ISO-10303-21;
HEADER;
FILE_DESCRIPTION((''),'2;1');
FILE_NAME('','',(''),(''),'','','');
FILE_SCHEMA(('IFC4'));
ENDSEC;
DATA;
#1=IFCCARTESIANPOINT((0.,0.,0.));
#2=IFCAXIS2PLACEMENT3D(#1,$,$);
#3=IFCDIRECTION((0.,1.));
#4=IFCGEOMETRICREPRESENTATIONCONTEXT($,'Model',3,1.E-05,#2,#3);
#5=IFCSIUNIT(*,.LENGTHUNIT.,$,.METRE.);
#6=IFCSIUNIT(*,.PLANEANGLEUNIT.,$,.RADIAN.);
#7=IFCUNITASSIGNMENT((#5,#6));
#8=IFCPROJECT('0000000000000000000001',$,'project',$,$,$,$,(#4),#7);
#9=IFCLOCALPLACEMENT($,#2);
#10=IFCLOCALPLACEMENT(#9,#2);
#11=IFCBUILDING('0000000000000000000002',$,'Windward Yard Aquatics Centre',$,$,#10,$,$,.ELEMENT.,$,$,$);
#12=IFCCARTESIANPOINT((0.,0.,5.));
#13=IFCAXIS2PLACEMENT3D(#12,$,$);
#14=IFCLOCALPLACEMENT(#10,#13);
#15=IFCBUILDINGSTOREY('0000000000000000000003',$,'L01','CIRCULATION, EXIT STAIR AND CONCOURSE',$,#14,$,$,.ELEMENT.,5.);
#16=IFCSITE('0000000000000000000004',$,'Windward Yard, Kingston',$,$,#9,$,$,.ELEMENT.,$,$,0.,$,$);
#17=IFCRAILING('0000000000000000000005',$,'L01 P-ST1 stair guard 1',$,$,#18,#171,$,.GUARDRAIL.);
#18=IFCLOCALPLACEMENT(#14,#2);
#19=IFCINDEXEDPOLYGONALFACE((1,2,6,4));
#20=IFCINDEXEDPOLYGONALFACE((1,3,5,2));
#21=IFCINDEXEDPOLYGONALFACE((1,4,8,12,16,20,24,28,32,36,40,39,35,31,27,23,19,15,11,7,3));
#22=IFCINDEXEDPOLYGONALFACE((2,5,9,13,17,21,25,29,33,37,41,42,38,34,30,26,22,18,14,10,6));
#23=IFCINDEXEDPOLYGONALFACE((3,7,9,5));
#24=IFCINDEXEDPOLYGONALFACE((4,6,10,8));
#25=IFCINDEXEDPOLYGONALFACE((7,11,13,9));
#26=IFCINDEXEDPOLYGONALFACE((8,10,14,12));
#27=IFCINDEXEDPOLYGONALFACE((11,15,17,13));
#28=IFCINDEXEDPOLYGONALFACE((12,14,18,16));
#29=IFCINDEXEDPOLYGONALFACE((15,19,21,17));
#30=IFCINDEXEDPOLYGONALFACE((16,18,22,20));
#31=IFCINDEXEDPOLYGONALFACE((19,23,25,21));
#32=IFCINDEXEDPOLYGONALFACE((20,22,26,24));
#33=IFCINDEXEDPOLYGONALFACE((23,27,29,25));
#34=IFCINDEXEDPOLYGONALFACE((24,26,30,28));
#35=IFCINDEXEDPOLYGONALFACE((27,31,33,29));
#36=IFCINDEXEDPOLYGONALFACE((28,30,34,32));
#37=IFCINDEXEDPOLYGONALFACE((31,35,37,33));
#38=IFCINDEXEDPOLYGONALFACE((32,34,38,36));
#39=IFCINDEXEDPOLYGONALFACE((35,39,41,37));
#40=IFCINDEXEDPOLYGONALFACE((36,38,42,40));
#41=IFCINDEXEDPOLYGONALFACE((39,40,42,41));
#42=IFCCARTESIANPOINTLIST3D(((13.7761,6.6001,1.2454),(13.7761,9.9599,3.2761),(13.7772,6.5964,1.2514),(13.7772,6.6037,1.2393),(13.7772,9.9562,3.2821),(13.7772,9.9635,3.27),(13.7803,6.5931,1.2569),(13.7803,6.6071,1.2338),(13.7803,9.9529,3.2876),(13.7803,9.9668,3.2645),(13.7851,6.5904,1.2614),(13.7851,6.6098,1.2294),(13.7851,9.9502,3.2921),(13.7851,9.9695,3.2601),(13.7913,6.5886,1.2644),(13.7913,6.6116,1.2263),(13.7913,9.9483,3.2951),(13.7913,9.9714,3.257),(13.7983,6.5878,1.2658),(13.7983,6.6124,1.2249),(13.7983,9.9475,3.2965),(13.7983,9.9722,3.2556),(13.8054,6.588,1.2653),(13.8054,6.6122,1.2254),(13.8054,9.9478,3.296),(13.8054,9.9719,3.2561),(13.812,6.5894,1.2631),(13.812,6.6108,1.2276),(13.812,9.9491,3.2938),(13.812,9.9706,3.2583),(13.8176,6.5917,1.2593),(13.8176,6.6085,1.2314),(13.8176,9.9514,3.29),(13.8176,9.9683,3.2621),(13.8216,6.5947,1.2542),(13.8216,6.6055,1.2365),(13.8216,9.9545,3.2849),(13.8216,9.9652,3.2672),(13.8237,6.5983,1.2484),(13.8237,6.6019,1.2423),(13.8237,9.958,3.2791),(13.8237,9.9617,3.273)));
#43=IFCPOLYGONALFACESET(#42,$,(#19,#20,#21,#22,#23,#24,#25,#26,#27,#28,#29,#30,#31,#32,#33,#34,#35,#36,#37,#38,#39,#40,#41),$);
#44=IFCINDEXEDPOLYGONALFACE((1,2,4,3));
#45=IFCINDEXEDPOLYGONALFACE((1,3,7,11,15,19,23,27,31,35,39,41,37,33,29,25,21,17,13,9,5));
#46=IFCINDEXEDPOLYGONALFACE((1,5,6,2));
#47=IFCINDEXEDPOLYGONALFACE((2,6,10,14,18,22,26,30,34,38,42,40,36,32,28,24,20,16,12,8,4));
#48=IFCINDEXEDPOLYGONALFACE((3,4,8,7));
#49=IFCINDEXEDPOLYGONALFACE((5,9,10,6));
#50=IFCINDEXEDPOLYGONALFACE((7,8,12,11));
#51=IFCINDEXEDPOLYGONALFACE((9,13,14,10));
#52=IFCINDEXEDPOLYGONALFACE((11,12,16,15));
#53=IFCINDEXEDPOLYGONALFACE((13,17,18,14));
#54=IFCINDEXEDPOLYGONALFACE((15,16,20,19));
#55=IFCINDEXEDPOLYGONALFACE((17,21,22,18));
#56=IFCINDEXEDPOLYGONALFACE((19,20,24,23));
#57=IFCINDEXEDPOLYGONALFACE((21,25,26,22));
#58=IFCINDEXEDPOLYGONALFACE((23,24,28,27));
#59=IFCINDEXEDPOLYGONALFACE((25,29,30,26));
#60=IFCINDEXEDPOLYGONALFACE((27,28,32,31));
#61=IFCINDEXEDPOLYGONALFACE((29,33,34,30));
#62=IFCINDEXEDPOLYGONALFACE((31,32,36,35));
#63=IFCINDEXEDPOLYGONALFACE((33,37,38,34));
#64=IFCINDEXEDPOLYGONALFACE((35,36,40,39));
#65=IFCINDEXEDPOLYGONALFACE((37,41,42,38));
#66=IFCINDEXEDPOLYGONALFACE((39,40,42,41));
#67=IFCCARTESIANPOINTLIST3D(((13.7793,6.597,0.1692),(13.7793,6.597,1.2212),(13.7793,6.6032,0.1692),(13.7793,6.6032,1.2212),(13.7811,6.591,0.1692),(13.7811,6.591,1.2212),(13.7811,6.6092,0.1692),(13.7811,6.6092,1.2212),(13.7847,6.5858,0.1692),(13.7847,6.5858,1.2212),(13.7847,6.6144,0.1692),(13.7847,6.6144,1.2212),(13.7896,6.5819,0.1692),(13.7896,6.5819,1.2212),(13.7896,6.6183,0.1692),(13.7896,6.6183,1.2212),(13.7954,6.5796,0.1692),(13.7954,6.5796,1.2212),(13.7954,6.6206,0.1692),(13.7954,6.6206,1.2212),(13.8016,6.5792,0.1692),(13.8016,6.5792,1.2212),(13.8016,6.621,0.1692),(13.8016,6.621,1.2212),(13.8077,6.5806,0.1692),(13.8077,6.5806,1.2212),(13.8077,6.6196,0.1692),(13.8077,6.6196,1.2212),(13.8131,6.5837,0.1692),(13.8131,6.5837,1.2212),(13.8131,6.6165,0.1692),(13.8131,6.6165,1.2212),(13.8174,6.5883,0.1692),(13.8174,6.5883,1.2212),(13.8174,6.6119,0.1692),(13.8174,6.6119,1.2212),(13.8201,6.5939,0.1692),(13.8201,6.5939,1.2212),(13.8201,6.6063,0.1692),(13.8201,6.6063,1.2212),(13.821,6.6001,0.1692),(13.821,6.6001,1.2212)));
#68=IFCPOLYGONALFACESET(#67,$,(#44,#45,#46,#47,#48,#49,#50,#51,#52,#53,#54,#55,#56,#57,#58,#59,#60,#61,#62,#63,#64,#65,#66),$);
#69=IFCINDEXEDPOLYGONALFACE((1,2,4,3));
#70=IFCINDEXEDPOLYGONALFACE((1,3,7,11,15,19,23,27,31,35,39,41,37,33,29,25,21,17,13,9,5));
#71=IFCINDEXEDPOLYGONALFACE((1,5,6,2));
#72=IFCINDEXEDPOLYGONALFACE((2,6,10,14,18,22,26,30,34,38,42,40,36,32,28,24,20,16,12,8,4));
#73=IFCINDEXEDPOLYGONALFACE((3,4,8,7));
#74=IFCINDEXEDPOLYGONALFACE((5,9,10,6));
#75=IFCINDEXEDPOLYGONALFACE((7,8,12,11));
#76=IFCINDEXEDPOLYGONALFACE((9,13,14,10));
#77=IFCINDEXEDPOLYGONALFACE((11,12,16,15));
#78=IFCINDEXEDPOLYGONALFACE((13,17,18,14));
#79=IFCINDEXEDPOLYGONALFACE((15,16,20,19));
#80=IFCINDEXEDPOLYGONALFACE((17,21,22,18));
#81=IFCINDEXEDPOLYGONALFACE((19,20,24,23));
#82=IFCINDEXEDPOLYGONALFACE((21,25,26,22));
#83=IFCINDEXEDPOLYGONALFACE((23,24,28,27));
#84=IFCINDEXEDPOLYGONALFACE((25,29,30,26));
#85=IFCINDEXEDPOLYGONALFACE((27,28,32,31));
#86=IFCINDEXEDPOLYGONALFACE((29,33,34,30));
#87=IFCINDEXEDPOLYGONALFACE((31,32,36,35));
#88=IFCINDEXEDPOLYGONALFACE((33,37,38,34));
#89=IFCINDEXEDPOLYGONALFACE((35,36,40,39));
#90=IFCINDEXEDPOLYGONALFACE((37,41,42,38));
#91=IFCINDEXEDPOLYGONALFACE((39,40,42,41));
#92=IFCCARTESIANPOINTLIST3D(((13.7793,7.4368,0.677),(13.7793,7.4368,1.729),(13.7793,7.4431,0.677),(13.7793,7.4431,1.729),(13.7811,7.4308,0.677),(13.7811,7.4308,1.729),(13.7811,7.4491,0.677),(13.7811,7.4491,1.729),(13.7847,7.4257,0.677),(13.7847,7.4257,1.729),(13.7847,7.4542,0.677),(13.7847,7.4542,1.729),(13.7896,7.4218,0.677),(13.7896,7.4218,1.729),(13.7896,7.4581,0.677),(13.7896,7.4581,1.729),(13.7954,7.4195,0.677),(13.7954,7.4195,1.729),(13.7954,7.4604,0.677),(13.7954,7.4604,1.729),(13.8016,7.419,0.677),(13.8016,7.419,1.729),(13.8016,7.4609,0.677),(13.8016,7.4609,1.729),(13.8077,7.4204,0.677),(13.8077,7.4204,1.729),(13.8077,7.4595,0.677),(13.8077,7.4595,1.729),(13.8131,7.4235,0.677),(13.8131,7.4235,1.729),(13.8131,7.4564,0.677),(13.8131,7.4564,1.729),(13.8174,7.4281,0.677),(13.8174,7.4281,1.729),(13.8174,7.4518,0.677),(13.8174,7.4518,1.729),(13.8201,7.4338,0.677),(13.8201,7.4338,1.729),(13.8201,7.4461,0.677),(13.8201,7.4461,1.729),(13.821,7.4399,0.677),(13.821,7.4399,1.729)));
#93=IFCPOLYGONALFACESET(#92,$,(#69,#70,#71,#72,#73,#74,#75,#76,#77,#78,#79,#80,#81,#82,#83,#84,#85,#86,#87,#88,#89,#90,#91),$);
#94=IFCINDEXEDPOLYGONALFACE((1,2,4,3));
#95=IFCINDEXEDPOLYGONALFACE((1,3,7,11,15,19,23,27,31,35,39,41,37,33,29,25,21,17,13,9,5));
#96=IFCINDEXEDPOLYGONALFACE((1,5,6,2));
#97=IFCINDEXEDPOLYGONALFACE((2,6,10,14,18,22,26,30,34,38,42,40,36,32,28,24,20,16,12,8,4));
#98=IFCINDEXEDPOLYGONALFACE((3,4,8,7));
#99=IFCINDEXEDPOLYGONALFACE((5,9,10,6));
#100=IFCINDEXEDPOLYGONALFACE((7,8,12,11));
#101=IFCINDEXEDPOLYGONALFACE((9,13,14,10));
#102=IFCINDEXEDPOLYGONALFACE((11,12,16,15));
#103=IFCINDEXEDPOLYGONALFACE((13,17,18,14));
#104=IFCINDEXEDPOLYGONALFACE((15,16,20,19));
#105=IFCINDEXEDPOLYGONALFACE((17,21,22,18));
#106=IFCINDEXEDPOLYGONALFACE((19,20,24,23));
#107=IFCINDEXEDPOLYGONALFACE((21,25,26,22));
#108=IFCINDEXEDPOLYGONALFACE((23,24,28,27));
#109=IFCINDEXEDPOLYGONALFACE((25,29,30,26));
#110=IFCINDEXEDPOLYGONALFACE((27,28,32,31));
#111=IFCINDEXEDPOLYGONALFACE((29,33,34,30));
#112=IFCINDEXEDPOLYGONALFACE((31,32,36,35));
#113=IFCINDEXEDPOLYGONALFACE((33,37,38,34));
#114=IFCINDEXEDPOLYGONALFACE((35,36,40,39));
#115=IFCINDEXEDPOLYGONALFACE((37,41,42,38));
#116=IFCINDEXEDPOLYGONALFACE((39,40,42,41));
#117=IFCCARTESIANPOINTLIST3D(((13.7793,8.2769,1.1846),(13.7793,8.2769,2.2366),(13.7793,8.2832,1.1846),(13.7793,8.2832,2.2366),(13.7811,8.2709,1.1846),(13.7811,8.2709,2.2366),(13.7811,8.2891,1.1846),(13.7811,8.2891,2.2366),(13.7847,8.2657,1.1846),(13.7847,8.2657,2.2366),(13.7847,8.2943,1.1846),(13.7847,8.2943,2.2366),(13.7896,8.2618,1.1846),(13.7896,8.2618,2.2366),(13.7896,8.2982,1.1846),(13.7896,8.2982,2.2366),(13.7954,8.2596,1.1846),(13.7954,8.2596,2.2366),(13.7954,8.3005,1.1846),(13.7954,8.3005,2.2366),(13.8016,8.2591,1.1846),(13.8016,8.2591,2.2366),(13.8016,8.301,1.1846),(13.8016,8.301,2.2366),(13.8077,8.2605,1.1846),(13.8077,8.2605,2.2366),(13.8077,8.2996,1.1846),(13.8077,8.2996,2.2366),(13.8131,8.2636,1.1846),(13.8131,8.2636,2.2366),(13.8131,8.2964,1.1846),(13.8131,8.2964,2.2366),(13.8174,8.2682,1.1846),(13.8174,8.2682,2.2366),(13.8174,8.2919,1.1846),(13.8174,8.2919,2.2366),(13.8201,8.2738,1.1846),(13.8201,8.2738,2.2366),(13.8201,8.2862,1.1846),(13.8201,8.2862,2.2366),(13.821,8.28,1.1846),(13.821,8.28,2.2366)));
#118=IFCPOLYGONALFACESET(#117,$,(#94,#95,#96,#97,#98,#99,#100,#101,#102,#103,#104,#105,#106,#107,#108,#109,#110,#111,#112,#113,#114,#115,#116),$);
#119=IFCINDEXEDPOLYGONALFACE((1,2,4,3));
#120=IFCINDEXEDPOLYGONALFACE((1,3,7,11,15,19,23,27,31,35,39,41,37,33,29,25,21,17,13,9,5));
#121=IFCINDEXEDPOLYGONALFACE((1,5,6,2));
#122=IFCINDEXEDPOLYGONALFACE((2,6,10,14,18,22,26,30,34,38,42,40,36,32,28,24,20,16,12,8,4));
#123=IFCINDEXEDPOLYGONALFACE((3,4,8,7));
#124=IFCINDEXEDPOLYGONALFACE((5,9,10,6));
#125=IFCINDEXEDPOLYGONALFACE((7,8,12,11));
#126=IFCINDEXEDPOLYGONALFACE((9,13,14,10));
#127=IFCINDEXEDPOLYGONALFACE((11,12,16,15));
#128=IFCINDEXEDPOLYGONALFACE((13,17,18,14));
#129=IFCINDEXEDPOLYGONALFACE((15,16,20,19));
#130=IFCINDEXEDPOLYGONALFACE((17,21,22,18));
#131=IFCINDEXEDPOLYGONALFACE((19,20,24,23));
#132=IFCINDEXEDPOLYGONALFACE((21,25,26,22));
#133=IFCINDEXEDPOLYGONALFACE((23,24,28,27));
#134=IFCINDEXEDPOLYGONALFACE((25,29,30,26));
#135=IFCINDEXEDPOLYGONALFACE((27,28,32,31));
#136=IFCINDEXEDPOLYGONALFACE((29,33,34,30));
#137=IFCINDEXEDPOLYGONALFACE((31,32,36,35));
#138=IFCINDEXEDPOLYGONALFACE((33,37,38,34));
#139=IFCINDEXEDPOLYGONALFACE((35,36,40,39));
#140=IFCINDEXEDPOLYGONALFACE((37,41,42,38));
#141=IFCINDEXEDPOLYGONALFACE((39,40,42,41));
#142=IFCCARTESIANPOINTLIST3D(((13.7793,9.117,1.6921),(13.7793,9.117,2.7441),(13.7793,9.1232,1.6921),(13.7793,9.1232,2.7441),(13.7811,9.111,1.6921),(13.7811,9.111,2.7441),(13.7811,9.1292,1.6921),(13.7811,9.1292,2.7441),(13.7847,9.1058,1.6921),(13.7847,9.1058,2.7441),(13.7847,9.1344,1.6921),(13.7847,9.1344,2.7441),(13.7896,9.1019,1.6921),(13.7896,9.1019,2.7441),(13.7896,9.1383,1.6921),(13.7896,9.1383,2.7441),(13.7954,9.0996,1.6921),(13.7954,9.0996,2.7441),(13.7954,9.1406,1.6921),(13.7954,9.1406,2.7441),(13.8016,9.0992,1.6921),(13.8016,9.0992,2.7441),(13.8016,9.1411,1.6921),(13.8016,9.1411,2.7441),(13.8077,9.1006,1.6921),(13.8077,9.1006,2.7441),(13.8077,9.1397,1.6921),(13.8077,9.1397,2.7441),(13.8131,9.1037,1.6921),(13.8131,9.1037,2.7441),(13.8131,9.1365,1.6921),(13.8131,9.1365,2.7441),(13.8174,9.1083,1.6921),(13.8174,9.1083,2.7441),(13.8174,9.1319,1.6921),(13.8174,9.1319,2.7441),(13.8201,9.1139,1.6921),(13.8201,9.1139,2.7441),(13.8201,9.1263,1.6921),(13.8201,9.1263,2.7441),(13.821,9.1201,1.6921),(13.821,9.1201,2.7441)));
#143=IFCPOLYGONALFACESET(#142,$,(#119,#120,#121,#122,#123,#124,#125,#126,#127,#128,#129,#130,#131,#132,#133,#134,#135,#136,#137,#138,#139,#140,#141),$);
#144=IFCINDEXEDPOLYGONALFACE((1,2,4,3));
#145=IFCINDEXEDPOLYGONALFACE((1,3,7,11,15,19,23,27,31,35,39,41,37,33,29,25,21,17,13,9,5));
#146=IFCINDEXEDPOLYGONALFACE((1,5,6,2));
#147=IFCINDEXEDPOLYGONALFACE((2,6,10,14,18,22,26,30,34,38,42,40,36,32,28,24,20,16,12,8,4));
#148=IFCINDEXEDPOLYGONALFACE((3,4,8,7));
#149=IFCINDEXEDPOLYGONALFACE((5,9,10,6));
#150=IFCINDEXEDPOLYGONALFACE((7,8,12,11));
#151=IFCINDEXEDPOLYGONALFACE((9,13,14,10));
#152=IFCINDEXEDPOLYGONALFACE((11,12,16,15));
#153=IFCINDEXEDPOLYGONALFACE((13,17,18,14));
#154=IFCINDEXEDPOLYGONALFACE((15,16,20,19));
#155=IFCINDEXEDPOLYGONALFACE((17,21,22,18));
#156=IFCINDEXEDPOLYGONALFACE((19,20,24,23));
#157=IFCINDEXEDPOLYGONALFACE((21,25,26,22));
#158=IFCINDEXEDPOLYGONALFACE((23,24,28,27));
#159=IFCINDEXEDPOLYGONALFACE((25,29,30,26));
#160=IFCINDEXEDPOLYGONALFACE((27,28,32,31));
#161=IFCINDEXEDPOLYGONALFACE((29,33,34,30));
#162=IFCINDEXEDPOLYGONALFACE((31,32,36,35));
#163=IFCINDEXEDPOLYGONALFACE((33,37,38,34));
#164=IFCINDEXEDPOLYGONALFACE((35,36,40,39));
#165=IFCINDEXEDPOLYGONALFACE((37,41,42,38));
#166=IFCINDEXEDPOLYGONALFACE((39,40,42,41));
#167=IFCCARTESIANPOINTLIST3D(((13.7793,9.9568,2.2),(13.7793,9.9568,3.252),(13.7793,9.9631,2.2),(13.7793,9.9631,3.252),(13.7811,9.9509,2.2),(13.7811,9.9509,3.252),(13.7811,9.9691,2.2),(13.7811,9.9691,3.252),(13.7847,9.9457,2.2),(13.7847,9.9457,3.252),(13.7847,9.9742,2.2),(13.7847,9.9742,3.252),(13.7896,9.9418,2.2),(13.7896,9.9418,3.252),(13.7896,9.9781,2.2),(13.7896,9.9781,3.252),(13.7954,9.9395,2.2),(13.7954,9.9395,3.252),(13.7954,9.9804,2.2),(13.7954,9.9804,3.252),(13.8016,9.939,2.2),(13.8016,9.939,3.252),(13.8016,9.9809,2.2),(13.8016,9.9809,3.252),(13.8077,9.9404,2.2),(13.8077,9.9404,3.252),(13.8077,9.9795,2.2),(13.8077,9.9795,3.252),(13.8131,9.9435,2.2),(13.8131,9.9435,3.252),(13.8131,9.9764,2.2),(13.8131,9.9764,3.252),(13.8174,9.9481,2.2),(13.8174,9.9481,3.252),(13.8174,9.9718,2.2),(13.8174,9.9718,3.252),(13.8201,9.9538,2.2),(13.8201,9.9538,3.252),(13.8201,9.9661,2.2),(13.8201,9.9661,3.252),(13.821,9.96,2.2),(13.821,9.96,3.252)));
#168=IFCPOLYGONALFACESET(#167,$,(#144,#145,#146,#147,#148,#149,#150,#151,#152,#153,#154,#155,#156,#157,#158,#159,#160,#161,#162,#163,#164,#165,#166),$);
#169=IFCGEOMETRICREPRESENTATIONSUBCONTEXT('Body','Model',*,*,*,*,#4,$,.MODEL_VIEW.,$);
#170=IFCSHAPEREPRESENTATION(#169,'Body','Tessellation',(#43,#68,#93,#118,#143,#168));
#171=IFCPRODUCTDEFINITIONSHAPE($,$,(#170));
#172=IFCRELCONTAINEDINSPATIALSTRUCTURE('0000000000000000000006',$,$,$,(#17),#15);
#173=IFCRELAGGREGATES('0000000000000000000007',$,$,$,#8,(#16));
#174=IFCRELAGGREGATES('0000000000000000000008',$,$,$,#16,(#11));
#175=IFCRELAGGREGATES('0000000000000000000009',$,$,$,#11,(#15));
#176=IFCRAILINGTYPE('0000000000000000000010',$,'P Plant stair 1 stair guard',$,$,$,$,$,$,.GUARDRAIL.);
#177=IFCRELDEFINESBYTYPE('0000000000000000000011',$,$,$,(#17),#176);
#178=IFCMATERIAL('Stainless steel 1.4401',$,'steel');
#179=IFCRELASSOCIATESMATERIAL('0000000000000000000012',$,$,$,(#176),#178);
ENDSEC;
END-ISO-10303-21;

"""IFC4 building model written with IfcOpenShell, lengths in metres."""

from ifc_helpers import new_model, si_unit, direction, frame, origin, origin_2d, place, context, subcontext, project, spatial, circle, extrude, material, type_object, element, save


model = new_model("IFC4")

# Units and contexts
model_context = context("Model", 3, precision=1e-05, world=origin(), true_north=direction((0.0, 1.0)))
body_context = subcontext(model_context, "Body", "Model", "MODEL_VIEW")
ifc_project = project(units=[si_unit("LENGTHUNIT", "METRE"), si_unit("PLANEANGLEUNIT", "RADIAN")], contexts=[model_context])

# Site, building, storey
site_placement = place(None, origin())
site = spatial("IfcSite", under=ifc_project, at=site_placement, Name="Windward Yard, Kingston", CompositionType="ELEMENT", RefElevation=0.0)
building_placement = place(site_placement, origin())
building = spatial("IfcBuilding", under=site, at=building_placement, Name="Windward Yard Aquatics Centre", CompositionType="ELEMENT")
storey_placement = place(building_placement, frame((0.0, 0.0, 5.0)))
storey = spatial("IfcBuildingStorey", under=building, at=storey_placement, Name="L01", Description="CIRCULATION, EXIT STAIR AND CONCOURSE", CompositionType="ELEMENT", Elevation=5.0)

# Railing
ifc_material_1 = material(Name="Stainless steel 1.4401", Category="steel")
railing_type = type_object("IfcRailingType", Name="P Plant stair 1 stair guard", PredefinedType="GUARDRAIL", material=ifc_material_1)
railing_1_placement = place(storey_placement, frame((13.8, 6.6001, 0.1692)))
element("IfcRailing", 1, at=railing_1_placement, inside=storey, type_object=railing_type, Name="L01 P-ST1 stair guard 1", PredefinedType="GUARDRAIL", context=body_context, shape_type="SweptSolid", body=[
    extrude(circle(Radius=0.0239, at=origin_2d()), frame((0.0, 0.0, 1.0762), z_axis=(0.0, 0.85582, 0.517273), x_axis=(-1.0, 0.0, 0.0)), (0.0, 0.0, 1.0), 3.9258),
    extrude(circle(Radius=0.021, at=origin_2d()), origin(), (0.0, 0.0, 1.0), 1.052),
    extrude(circle(Radius=0.021, at=origin_2d()), frame((0.0, 0.8398, 0.5078)), (0.0, 0.0, 1.0), 1.052),
    extrude(circle(Radius=0.021, at=origin_2d()), frame((0.0, 1.6799, 1.0154)), (0.0, 0.0, 1.0), 1.052),
    extrude(circle(Radius=0.021, at=origin_2d()), frame((0.0, 2.52, 1.5229)), (0.0, 0.0, 1.0), 1.052),
    extrude(circle(Radius=0.021, at=origin_2d()), frame((0.0, 3.3599, 2.0308)), (0.0, 0.0, 1.0), 1.052),
])

save(model, "model.ifc")
